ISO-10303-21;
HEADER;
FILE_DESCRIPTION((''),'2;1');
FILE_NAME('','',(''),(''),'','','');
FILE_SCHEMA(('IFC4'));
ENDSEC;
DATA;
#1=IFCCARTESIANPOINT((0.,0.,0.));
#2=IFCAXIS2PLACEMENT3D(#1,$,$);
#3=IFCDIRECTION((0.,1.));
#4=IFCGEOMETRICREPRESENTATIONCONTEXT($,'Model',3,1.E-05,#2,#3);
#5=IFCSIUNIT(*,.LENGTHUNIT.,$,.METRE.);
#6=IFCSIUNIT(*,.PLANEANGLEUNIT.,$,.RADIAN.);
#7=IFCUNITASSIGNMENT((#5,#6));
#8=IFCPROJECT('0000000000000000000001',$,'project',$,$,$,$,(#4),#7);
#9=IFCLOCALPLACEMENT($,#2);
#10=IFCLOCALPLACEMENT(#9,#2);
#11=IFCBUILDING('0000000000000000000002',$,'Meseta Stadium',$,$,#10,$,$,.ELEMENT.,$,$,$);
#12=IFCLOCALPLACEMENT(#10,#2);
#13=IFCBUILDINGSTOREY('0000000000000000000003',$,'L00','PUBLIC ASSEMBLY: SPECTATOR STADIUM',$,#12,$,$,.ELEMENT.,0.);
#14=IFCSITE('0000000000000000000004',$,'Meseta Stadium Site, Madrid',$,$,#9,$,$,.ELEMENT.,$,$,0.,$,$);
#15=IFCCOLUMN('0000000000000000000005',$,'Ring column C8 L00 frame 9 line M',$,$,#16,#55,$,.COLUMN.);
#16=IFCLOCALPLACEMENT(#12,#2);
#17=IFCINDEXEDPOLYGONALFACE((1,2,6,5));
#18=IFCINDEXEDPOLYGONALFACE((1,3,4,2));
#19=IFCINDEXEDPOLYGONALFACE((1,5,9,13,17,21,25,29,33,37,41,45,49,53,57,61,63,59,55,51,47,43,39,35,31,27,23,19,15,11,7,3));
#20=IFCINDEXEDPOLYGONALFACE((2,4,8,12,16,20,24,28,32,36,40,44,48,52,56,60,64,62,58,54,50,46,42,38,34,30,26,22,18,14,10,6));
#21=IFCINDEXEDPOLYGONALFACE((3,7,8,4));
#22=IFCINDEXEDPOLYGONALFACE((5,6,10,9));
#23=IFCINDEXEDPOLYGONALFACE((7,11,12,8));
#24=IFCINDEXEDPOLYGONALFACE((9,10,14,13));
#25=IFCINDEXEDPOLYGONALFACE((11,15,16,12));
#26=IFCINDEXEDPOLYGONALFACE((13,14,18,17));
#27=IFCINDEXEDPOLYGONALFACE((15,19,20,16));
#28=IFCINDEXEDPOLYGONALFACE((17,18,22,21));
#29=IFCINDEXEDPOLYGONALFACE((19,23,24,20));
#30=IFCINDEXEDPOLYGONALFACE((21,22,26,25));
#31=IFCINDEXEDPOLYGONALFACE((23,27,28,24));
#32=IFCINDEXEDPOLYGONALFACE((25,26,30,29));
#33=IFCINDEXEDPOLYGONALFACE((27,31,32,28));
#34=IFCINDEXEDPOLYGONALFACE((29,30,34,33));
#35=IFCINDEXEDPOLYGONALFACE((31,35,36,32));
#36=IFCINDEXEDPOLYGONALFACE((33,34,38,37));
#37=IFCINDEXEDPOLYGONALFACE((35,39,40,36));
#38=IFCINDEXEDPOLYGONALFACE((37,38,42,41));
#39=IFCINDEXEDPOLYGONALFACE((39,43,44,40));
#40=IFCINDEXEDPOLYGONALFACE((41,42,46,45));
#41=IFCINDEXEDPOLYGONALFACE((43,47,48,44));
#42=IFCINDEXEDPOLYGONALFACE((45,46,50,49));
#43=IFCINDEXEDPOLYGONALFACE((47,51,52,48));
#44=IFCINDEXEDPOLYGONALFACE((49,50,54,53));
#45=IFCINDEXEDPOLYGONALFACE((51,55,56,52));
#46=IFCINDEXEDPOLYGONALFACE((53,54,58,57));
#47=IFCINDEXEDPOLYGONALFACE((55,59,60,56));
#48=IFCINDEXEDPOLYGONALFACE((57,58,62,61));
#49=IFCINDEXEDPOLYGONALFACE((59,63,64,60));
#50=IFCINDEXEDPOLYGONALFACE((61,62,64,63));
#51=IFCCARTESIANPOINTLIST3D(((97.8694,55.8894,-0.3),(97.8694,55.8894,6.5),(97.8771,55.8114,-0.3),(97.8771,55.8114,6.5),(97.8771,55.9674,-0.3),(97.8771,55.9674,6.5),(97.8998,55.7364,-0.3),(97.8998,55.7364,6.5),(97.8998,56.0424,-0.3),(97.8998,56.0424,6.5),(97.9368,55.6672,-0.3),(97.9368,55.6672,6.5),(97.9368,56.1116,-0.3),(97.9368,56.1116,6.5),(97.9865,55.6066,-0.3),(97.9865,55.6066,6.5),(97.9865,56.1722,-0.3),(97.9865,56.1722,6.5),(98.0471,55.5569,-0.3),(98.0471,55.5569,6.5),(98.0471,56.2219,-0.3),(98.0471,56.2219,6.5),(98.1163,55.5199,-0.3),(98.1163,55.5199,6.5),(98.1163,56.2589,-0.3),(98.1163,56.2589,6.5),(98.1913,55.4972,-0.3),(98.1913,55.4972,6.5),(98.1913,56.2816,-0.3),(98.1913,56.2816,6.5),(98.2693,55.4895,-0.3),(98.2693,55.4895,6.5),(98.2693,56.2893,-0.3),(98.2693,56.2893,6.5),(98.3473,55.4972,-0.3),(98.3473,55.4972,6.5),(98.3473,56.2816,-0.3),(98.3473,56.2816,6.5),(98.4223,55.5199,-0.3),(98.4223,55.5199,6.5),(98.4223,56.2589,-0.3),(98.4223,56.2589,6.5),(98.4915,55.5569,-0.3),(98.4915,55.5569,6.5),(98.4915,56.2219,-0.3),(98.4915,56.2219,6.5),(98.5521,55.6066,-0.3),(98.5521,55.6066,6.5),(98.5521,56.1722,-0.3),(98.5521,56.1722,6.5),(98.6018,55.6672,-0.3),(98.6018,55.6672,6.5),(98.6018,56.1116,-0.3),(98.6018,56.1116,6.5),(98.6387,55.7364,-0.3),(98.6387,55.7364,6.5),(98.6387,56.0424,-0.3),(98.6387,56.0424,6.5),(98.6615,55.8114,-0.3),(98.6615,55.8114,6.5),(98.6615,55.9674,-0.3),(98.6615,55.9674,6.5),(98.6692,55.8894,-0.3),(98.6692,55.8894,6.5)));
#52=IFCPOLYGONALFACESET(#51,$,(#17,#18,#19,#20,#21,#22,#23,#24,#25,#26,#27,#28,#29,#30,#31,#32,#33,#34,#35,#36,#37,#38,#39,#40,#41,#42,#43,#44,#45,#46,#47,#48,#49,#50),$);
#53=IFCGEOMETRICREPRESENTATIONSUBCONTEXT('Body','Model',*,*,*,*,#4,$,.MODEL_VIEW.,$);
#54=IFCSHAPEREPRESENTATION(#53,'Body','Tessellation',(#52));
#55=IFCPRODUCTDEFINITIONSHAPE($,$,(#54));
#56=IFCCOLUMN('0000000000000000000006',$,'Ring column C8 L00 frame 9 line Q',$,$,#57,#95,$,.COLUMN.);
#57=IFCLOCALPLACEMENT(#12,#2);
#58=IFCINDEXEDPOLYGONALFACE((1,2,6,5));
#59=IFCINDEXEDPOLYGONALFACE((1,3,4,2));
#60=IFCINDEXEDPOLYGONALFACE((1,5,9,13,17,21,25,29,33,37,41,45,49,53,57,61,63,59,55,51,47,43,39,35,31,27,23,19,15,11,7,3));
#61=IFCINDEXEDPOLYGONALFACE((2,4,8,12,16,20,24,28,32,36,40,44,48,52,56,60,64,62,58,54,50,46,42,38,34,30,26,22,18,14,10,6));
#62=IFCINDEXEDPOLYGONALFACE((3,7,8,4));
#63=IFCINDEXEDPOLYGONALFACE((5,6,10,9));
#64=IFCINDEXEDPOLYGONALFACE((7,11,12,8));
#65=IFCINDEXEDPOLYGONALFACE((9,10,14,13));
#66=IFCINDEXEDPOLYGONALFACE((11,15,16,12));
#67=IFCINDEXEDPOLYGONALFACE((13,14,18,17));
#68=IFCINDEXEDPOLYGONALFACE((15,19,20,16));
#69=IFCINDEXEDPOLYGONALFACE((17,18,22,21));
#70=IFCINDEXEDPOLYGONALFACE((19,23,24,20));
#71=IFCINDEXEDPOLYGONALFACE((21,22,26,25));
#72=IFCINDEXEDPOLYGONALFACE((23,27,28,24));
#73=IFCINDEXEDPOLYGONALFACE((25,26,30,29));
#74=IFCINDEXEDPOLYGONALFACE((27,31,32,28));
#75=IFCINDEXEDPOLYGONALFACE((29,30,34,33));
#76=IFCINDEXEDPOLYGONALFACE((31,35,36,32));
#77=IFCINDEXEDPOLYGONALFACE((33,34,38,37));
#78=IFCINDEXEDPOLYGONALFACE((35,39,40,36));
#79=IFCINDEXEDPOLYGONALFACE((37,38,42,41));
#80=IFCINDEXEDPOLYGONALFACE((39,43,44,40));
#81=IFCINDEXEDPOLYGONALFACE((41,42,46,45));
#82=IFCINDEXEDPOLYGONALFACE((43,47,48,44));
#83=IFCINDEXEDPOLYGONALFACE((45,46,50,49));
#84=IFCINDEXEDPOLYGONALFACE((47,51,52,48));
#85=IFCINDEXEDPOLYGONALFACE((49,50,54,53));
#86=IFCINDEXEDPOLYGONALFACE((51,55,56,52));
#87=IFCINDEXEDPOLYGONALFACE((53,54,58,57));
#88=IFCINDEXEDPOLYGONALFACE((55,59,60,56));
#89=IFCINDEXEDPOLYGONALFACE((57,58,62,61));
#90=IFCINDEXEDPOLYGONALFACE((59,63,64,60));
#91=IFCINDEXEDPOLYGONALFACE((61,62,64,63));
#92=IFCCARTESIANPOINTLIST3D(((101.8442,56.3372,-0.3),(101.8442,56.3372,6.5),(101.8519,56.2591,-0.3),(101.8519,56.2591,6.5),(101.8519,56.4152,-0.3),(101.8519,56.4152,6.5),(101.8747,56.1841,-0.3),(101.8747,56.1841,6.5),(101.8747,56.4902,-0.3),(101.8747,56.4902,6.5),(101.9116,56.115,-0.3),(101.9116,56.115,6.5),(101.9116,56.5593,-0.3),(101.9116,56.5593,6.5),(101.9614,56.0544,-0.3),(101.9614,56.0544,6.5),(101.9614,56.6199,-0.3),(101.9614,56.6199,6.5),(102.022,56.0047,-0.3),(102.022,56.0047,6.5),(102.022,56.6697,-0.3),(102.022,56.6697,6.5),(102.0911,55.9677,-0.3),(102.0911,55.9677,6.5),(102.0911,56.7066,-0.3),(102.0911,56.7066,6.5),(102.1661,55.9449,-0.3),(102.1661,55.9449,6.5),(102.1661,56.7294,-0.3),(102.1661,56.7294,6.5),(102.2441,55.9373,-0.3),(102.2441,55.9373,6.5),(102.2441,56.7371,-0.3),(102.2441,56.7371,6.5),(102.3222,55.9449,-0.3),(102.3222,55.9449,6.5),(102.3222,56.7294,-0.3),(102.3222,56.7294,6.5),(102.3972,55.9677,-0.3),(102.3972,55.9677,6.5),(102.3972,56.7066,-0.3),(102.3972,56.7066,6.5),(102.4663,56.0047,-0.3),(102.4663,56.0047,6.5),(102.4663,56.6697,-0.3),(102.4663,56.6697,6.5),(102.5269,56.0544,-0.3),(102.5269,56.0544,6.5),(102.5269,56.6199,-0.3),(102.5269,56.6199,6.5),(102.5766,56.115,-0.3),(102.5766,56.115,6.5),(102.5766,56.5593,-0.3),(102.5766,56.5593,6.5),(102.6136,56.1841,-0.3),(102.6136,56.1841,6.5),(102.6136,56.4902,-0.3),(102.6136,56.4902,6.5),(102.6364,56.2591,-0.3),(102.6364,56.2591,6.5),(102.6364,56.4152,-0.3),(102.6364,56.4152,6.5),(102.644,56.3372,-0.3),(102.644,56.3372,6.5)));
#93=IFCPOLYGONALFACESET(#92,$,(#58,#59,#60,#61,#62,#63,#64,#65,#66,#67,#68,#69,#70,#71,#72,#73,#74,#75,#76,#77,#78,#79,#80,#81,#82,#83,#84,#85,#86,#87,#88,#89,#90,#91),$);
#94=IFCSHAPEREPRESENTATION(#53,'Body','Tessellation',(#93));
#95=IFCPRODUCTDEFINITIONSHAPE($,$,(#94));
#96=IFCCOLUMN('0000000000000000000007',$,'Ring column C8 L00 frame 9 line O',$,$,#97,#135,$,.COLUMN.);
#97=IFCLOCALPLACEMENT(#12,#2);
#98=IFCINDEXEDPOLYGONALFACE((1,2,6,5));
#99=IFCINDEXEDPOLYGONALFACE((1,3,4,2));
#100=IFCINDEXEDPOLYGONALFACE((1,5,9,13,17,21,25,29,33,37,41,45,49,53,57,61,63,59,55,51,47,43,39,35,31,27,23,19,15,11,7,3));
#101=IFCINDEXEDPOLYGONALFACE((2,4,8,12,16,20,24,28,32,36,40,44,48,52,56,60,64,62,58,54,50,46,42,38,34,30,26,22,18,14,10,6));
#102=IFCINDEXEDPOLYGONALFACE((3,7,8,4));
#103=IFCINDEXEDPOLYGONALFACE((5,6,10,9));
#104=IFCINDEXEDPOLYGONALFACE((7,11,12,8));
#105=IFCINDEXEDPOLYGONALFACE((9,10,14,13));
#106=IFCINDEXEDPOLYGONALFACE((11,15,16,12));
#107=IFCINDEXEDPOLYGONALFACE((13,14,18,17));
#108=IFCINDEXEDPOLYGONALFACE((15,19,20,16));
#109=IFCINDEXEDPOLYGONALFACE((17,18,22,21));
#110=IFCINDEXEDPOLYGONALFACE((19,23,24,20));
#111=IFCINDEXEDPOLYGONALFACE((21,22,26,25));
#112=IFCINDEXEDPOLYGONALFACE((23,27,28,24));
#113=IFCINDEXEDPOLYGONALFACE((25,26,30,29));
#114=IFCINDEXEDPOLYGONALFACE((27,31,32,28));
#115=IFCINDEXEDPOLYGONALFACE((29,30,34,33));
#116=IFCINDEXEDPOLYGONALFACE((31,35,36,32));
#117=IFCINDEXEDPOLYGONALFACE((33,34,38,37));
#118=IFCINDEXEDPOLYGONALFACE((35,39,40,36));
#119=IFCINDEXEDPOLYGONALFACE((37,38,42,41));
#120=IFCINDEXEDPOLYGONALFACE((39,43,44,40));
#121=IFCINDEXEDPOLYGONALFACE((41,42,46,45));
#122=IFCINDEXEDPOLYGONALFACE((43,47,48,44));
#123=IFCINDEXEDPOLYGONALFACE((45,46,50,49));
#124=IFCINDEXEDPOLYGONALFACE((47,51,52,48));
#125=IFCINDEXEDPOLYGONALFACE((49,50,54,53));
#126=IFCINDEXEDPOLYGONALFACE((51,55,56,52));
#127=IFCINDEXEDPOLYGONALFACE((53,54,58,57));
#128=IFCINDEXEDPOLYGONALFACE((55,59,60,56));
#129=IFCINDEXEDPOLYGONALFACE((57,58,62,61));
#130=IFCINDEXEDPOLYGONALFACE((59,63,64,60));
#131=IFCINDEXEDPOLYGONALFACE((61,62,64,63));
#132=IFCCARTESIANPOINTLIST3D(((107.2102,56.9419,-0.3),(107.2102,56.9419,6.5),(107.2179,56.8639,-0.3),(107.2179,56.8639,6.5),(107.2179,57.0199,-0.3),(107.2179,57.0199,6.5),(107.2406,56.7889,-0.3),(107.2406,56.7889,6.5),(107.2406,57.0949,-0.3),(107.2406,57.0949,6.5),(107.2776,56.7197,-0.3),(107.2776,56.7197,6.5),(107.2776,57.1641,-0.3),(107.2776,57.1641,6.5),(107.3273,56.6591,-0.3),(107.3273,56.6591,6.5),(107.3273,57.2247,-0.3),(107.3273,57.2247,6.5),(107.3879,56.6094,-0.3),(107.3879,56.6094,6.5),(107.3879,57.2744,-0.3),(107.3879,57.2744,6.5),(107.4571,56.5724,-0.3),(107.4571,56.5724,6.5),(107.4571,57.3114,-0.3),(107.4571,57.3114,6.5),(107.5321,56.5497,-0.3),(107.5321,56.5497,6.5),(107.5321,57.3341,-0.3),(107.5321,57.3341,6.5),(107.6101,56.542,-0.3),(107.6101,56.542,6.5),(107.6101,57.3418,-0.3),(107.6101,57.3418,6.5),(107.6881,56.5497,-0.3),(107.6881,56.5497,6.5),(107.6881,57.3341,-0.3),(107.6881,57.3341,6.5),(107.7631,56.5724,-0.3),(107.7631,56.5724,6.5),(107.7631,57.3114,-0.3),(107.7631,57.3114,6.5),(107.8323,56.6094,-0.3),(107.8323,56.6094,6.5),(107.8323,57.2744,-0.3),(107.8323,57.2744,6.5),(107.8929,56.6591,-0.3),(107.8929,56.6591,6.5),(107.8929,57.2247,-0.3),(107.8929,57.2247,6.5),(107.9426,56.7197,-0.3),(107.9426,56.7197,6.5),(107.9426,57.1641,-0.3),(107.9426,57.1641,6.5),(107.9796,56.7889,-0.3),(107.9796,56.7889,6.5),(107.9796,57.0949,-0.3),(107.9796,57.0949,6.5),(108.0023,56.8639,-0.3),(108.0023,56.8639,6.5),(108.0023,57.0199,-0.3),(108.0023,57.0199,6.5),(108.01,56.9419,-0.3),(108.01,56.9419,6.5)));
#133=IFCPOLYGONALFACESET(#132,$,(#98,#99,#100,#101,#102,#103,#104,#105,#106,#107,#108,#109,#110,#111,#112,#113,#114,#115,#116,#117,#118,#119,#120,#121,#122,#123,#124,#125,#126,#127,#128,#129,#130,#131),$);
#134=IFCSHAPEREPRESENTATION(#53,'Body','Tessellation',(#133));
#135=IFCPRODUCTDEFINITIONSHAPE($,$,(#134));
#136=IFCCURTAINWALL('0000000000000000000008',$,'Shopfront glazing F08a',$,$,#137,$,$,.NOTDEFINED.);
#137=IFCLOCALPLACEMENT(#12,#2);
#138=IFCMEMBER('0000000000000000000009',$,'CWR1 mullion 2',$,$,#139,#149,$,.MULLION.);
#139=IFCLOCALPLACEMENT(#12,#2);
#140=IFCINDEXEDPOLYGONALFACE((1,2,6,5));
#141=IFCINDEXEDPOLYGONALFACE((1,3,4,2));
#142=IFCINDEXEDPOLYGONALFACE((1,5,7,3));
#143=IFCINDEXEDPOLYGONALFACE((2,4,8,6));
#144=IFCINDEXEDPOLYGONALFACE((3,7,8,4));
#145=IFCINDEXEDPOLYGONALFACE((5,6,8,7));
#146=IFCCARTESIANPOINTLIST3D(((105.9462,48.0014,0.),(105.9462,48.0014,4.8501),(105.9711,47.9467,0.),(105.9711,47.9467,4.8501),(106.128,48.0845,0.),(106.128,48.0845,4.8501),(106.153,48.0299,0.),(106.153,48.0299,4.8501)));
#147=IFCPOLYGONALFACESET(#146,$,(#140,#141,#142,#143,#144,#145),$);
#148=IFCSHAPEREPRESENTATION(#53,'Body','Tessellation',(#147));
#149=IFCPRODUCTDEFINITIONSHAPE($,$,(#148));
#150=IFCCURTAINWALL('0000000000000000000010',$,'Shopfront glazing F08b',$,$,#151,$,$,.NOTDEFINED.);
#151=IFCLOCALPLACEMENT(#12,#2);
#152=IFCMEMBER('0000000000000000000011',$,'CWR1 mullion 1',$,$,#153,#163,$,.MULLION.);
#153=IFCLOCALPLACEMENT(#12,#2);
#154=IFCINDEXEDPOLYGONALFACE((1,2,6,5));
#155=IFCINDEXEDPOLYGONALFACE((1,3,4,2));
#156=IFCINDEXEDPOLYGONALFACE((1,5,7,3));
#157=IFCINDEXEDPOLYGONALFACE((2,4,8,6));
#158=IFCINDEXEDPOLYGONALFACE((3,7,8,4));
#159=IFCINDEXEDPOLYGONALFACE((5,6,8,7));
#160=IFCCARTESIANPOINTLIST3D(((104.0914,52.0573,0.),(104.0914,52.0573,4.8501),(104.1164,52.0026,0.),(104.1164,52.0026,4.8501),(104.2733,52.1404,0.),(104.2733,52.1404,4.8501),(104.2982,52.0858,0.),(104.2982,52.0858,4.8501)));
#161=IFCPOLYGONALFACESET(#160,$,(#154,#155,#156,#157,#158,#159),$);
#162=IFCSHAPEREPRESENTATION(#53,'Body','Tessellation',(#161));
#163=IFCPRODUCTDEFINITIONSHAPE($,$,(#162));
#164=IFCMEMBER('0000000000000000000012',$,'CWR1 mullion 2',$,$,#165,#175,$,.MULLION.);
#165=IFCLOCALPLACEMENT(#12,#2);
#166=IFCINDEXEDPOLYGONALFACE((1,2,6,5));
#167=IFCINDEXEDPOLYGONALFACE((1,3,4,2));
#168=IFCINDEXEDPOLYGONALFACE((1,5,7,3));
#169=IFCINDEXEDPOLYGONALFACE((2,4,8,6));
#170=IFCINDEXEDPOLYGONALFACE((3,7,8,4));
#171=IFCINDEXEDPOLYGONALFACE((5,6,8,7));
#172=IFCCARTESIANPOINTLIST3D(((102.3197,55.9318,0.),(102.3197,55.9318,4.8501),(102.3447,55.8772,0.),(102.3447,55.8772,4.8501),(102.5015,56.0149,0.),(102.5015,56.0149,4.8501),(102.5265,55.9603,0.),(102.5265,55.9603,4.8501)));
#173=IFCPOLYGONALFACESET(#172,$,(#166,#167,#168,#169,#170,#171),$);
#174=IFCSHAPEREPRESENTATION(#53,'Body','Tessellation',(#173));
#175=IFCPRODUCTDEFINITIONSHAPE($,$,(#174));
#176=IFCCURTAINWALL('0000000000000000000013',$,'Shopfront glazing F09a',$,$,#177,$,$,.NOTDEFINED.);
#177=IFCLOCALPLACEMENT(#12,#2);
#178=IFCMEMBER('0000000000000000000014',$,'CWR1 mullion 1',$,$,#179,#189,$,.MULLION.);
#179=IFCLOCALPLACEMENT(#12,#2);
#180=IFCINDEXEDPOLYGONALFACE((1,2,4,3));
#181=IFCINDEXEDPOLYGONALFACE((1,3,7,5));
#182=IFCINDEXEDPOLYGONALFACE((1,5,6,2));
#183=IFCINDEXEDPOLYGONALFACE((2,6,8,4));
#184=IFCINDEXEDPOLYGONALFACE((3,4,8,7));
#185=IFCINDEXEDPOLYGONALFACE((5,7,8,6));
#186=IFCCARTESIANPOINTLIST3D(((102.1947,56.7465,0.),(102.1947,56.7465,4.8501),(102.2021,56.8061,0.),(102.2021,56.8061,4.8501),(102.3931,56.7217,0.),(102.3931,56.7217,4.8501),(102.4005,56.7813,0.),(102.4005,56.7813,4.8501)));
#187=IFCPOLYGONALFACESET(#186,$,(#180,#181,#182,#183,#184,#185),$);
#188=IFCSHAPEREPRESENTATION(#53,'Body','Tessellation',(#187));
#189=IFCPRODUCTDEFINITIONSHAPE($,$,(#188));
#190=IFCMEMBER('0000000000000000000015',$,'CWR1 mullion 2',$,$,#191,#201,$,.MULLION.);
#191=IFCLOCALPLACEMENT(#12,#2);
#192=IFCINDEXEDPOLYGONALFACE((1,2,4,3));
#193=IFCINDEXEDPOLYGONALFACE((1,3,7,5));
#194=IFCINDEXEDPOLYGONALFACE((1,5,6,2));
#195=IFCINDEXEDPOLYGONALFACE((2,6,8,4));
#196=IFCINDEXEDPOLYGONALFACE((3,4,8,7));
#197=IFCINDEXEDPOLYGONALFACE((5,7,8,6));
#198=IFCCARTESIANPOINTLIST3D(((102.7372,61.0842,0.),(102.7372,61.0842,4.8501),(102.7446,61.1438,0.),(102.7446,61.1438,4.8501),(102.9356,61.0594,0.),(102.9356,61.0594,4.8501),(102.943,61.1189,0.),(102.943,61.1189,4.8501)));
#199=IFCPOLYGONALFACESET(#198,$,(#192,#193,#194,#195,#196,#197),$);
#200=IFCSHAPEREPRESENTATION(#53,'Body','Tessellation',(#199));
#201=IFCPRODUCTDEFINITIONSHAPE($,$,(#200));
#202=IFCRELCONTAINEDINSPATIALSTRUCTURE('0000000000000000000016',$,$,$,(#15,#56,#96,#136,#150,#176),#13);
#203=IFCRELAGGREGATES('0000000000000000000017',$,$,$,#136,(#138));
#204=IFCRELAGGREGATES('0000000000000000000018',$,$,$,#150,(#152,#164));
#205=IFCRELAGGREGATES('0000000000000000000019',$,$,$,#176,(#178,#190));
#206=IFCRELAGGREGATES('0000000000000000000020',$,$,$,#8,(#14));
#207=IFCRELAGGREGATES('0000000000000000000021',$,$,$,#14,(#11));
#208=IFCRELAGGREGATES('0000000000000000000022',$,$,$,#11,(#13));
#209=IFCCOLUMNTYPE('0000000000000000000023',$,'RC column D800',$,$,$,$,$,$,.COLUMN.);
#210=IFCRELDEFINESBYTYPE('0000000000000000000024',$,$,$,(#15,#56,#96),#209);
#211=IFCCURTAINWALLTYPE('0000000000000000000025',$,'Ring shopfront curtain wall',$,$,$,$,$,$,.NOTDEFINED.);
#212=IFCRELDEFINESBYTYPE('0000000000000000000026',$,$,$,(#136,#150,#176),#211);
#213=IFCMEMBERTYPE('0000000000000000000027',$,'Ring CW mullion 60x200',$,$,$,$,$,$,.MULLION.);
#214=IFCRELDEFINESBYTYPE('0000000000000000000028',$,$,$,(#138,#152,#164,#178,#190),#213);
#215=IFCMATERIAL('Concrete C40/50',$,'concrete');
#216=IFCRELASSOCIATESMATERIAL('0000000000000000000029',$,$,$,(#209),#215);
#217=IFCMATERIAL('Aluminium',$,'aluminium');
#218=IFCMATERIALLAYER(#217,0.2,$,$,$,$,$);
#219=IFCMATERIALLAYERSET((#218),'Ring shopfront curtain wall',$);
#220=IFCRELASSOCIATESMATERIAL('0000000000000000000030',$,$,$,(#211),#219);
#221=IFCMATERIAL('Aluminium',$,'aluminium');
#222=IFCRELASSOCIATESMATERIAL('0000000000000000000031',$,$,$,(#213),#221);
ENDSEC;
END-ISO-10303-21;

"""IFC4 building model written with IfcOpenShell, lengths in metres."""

from ifc_helpers import new_model, si_unit, direction, frame, origin, origin_2d, place, context, subcontext, project, spatial, rectangle, circle, extrude, material, layer, layer_set, material_profile, profile_set, type_object, element, aggregate, save


model = new_model("IFC4")

# Units and contexts
model_context = context("Model", 3, precision=1e-05, world=origin(), true_north=direction((0.0, 1.0)))
body_context = subcontext(model_context, "Body", "Model", "MODEL_VIEW")
ifc_project = project(units=[si_unit("LENGTHUNIT", "METRE"), si_unit("PLANEANGLEUNIT", "RADIAN")], contexts=[model_context])

# Site, building, storey
site_placement = place(None, origin())
site = spatial("IfcSite", under=ifc_project, at=site_placement, Name="Meseta Stadium Site, Madrid", CompositionType="ELEMENT", RefElevation=0.0)
building_placement = place(site_placement, origin())
building = spatial("IfcBuilding", under=site, at=building_placement, Name="Meseta Stadium", CompositionType="ELEMENT")
storey_placement = place(building_placement, origin())
storey = spatial("IfcBuildingStorey", under=building, at=storey_placement, Name="L00", Description="PUBLIC ASSEMBLY: SPECTATOR STADIUM", CompositionType="ELEMENT", Elevation=0.0)

# Columns
ifc_material_1 = material(Name="Concrete C40/50", Category="concrete")
ifc_material_profile_1 = material_profile(ifc_material_1, circle(Radius=0.3999, at=origin_2d()), Name="RC D800")
ifc_profile_set_1 = profile_set([ifc_material_profile_1], Name="Concrete C40/50")
column_type = type_object("IfcColumnType", Name="RC column D800", PredefinedType="COLUMN", material=ifc_profile_set_1)
for number, where, z_axis, x_axis, name in (
    (1, (98.2693, 55.8894, -0.3), (0.0, 0.0, 1.0), (1.0, 0.0, 0.0), "Ring column C8 L00 frame 9 line M"),
    (2, (102.2441, 56.3372, -0.3), (0.0, 0.0, 1.0), (1.0, 0.0, 0.0), "Ring column C8 L00 frame 9 line Q"),
    (3, (107.6101, 56.9419, -0.3), (0.0, 0.0, 1.0), (1.0, 0.0, 0.0), "Ring column C8 L00 frame 9 line O"),
):
    element("IfcColumn", number, at=place(storey_placement, frame(where, z_axis=z_axis, x_axis=x_axis)), inside=storey, type_object=column_type, Name=name, PredefinedType="COLUMN", context=body_context, shape_type="SweptSolid", body=[
        extrude(circle(Radius=0.3999, at=origin_2d()), origin(), (0.0, 0.0, 1.0), 6.8),
    ])

# Curtain wall, member
ifc_material_2 = material(Name="Aluminium", Category="aluminium")
ifc_layer_1 = layer(ifc_material_2, 0.2)
ifc_layer_set_1 = layer_set([ifc_layer_1], Name="Ring shopfront curtain wall")
curtain_wall_type = type_object("IfcCurtainWallType", Name="Ring shopfront curtain wall", PredefinedType="NOTDEFINED", material=ifc_layer_set_1)
curtain_wall_1_placement = place(storey_placement, origin())
curtain_wall_1 = element("IfcCurtainWall", 4, at=curtain_wall_1_placement, inside=storey, type_object=curtain_wall_type, Name="Shopfront glazing F08a", PredefinedType="NOTDEFINED")
ifc_material_3 = material(Name="Aluminium", Category="aluminium")
ifc_material_profile_2 = material_profile(ifc_material_3, rectangle(XDim=0.2, YDim=0.0601, at=origin_2d()), Name="CW 200x60")
ifc_profile_set_2 = profile_set([ifc_material_profile_2], Name="Aluminium")
member_type_1 = type_object("IfcMemberType", Name="Ring CW mullion 60x200", PredefinedType="MULLION", material=ifc_profile_set_2)
member_1_placement = place(storey_placement, frame((106.0496, 48.0156, 0.0), z_axis=(0.0, 0.0, 1.0), x_axis=(-0.909427, -0.415863, 0.0)))
member_1 = element("IfcMember", 5, at=member_1_placement, type_object=member_type_1, Name="CWR1 mullion 2", PredefinedType="MULLION", context=body_context, shape_type="SweptSolid", body=[
    extrude(rectangle(XDim=0.2, YDim=0.0601, at=origin_2d()), origin(), (0.0, 0.0, 1.0), 4.8501),
])
aggregate(curtain_wall_1, [member_1])

# Curtain walls, members
curtain_wall_2_placement = place(storey_placement, origin())
curtain_wall_2 = element("IfcCurtainWall", 6, at=curtain_wall_2_placement, inside=storey, type_object=curtain_wall_type, Name="Shopfront glazing F08b", PredefinedType="NOTDEFINED")
member_2_placement = place(storey_placement, frame((104.1948, 52.0715, 0.0), z_axis=(0.0, 0.0, 1.0), x_axis=(-0.909427, -0.415863, 0.0)))
member_2 = element("IfcMember", 7, at=member_2_placement, type_object=member_type_1, Name="CWR1 mullion 1", PredefinedType="MULLION", context=body_context, shape_type="SweptSolid", body=[
    extrude(rectangle(XDim=0.2, YDim=0.0601, at=origin_2d()), origin(), (0.0, 0.0, 1.0), 4.8501),
])
member_3_placement = place(storey_placement, frame((102.4231, 55.946, 0.0), z_axis=(0.0, 0.0, 1.0), x_axis=(-0.909427, -0.415863, 0.0)))
member_3 = element("IfcMember", 8, at=member_3_placement, type_object=member_type_1, Name="CWR1 mullion 2", PredefinedType="MULLION", context=body_context, shape_type="SweptSolid", body=[
    extrude(rectangle(XDim=0.2, YDim=0.0601, at=origin_2d()), origin(), (0.0, 0.0, 1.0), 4.8501),
])
curtain_wall_3_placement = place(storey_placement, origin())
curtain_wall_3 = element("IfcCurtainWall", 9, at=curtain_wall_3_placement, inside=storey, type_object=curtain_wall_type, Name="Shopfront glazing F09a", PredefinedType="NOTDEFINED")
member_4_placement = place(storey_placement, frame((102.2976, 56.7639, 0.0), z_axis=(0.0, 0.0, 1.0), x_axis=(-0.992266, 0.124132, 0.0)))
member_4 = element("IfcMember", 10, at=member_4_placement, type_object=member_type_1, Name="CWR1 mullion 1", PredefinedType="MULLION", context=body_context, shape_type="SweptSolid", body=[
    extrude(rectangle(XDim=0.2, YDim=0.0601, at=origin_2d()), origin(), (0.0, 0.0, 1.0), 4.8501),
])
member_5_placement = place(storey_placement, frame((102.8401, 61.1016, 0.0), z_axis=(0.0, 0.0, 1.0), x_axis=(-0.992266, 0.124132, 0.0)))
member_5 = element("IfcMember", 11, at=member_5_placement, type_object=member_type_1, Name="CWR1 mullion 2", PredefinedType="MULLION", context=body_context, shape_type="SweptSolid", body=[
    extrude(rectangle(XDim=0.2, YDim=0.0601, at=origin_2d()), origin(), (0.0, 0.0, 1.0), 4.8501),
])

aggregate(curtain_wall_2, [member_2, member_3])
aggregate(curtain_wall_3, [member_4, member_5])

save(model, "model.ifc")
